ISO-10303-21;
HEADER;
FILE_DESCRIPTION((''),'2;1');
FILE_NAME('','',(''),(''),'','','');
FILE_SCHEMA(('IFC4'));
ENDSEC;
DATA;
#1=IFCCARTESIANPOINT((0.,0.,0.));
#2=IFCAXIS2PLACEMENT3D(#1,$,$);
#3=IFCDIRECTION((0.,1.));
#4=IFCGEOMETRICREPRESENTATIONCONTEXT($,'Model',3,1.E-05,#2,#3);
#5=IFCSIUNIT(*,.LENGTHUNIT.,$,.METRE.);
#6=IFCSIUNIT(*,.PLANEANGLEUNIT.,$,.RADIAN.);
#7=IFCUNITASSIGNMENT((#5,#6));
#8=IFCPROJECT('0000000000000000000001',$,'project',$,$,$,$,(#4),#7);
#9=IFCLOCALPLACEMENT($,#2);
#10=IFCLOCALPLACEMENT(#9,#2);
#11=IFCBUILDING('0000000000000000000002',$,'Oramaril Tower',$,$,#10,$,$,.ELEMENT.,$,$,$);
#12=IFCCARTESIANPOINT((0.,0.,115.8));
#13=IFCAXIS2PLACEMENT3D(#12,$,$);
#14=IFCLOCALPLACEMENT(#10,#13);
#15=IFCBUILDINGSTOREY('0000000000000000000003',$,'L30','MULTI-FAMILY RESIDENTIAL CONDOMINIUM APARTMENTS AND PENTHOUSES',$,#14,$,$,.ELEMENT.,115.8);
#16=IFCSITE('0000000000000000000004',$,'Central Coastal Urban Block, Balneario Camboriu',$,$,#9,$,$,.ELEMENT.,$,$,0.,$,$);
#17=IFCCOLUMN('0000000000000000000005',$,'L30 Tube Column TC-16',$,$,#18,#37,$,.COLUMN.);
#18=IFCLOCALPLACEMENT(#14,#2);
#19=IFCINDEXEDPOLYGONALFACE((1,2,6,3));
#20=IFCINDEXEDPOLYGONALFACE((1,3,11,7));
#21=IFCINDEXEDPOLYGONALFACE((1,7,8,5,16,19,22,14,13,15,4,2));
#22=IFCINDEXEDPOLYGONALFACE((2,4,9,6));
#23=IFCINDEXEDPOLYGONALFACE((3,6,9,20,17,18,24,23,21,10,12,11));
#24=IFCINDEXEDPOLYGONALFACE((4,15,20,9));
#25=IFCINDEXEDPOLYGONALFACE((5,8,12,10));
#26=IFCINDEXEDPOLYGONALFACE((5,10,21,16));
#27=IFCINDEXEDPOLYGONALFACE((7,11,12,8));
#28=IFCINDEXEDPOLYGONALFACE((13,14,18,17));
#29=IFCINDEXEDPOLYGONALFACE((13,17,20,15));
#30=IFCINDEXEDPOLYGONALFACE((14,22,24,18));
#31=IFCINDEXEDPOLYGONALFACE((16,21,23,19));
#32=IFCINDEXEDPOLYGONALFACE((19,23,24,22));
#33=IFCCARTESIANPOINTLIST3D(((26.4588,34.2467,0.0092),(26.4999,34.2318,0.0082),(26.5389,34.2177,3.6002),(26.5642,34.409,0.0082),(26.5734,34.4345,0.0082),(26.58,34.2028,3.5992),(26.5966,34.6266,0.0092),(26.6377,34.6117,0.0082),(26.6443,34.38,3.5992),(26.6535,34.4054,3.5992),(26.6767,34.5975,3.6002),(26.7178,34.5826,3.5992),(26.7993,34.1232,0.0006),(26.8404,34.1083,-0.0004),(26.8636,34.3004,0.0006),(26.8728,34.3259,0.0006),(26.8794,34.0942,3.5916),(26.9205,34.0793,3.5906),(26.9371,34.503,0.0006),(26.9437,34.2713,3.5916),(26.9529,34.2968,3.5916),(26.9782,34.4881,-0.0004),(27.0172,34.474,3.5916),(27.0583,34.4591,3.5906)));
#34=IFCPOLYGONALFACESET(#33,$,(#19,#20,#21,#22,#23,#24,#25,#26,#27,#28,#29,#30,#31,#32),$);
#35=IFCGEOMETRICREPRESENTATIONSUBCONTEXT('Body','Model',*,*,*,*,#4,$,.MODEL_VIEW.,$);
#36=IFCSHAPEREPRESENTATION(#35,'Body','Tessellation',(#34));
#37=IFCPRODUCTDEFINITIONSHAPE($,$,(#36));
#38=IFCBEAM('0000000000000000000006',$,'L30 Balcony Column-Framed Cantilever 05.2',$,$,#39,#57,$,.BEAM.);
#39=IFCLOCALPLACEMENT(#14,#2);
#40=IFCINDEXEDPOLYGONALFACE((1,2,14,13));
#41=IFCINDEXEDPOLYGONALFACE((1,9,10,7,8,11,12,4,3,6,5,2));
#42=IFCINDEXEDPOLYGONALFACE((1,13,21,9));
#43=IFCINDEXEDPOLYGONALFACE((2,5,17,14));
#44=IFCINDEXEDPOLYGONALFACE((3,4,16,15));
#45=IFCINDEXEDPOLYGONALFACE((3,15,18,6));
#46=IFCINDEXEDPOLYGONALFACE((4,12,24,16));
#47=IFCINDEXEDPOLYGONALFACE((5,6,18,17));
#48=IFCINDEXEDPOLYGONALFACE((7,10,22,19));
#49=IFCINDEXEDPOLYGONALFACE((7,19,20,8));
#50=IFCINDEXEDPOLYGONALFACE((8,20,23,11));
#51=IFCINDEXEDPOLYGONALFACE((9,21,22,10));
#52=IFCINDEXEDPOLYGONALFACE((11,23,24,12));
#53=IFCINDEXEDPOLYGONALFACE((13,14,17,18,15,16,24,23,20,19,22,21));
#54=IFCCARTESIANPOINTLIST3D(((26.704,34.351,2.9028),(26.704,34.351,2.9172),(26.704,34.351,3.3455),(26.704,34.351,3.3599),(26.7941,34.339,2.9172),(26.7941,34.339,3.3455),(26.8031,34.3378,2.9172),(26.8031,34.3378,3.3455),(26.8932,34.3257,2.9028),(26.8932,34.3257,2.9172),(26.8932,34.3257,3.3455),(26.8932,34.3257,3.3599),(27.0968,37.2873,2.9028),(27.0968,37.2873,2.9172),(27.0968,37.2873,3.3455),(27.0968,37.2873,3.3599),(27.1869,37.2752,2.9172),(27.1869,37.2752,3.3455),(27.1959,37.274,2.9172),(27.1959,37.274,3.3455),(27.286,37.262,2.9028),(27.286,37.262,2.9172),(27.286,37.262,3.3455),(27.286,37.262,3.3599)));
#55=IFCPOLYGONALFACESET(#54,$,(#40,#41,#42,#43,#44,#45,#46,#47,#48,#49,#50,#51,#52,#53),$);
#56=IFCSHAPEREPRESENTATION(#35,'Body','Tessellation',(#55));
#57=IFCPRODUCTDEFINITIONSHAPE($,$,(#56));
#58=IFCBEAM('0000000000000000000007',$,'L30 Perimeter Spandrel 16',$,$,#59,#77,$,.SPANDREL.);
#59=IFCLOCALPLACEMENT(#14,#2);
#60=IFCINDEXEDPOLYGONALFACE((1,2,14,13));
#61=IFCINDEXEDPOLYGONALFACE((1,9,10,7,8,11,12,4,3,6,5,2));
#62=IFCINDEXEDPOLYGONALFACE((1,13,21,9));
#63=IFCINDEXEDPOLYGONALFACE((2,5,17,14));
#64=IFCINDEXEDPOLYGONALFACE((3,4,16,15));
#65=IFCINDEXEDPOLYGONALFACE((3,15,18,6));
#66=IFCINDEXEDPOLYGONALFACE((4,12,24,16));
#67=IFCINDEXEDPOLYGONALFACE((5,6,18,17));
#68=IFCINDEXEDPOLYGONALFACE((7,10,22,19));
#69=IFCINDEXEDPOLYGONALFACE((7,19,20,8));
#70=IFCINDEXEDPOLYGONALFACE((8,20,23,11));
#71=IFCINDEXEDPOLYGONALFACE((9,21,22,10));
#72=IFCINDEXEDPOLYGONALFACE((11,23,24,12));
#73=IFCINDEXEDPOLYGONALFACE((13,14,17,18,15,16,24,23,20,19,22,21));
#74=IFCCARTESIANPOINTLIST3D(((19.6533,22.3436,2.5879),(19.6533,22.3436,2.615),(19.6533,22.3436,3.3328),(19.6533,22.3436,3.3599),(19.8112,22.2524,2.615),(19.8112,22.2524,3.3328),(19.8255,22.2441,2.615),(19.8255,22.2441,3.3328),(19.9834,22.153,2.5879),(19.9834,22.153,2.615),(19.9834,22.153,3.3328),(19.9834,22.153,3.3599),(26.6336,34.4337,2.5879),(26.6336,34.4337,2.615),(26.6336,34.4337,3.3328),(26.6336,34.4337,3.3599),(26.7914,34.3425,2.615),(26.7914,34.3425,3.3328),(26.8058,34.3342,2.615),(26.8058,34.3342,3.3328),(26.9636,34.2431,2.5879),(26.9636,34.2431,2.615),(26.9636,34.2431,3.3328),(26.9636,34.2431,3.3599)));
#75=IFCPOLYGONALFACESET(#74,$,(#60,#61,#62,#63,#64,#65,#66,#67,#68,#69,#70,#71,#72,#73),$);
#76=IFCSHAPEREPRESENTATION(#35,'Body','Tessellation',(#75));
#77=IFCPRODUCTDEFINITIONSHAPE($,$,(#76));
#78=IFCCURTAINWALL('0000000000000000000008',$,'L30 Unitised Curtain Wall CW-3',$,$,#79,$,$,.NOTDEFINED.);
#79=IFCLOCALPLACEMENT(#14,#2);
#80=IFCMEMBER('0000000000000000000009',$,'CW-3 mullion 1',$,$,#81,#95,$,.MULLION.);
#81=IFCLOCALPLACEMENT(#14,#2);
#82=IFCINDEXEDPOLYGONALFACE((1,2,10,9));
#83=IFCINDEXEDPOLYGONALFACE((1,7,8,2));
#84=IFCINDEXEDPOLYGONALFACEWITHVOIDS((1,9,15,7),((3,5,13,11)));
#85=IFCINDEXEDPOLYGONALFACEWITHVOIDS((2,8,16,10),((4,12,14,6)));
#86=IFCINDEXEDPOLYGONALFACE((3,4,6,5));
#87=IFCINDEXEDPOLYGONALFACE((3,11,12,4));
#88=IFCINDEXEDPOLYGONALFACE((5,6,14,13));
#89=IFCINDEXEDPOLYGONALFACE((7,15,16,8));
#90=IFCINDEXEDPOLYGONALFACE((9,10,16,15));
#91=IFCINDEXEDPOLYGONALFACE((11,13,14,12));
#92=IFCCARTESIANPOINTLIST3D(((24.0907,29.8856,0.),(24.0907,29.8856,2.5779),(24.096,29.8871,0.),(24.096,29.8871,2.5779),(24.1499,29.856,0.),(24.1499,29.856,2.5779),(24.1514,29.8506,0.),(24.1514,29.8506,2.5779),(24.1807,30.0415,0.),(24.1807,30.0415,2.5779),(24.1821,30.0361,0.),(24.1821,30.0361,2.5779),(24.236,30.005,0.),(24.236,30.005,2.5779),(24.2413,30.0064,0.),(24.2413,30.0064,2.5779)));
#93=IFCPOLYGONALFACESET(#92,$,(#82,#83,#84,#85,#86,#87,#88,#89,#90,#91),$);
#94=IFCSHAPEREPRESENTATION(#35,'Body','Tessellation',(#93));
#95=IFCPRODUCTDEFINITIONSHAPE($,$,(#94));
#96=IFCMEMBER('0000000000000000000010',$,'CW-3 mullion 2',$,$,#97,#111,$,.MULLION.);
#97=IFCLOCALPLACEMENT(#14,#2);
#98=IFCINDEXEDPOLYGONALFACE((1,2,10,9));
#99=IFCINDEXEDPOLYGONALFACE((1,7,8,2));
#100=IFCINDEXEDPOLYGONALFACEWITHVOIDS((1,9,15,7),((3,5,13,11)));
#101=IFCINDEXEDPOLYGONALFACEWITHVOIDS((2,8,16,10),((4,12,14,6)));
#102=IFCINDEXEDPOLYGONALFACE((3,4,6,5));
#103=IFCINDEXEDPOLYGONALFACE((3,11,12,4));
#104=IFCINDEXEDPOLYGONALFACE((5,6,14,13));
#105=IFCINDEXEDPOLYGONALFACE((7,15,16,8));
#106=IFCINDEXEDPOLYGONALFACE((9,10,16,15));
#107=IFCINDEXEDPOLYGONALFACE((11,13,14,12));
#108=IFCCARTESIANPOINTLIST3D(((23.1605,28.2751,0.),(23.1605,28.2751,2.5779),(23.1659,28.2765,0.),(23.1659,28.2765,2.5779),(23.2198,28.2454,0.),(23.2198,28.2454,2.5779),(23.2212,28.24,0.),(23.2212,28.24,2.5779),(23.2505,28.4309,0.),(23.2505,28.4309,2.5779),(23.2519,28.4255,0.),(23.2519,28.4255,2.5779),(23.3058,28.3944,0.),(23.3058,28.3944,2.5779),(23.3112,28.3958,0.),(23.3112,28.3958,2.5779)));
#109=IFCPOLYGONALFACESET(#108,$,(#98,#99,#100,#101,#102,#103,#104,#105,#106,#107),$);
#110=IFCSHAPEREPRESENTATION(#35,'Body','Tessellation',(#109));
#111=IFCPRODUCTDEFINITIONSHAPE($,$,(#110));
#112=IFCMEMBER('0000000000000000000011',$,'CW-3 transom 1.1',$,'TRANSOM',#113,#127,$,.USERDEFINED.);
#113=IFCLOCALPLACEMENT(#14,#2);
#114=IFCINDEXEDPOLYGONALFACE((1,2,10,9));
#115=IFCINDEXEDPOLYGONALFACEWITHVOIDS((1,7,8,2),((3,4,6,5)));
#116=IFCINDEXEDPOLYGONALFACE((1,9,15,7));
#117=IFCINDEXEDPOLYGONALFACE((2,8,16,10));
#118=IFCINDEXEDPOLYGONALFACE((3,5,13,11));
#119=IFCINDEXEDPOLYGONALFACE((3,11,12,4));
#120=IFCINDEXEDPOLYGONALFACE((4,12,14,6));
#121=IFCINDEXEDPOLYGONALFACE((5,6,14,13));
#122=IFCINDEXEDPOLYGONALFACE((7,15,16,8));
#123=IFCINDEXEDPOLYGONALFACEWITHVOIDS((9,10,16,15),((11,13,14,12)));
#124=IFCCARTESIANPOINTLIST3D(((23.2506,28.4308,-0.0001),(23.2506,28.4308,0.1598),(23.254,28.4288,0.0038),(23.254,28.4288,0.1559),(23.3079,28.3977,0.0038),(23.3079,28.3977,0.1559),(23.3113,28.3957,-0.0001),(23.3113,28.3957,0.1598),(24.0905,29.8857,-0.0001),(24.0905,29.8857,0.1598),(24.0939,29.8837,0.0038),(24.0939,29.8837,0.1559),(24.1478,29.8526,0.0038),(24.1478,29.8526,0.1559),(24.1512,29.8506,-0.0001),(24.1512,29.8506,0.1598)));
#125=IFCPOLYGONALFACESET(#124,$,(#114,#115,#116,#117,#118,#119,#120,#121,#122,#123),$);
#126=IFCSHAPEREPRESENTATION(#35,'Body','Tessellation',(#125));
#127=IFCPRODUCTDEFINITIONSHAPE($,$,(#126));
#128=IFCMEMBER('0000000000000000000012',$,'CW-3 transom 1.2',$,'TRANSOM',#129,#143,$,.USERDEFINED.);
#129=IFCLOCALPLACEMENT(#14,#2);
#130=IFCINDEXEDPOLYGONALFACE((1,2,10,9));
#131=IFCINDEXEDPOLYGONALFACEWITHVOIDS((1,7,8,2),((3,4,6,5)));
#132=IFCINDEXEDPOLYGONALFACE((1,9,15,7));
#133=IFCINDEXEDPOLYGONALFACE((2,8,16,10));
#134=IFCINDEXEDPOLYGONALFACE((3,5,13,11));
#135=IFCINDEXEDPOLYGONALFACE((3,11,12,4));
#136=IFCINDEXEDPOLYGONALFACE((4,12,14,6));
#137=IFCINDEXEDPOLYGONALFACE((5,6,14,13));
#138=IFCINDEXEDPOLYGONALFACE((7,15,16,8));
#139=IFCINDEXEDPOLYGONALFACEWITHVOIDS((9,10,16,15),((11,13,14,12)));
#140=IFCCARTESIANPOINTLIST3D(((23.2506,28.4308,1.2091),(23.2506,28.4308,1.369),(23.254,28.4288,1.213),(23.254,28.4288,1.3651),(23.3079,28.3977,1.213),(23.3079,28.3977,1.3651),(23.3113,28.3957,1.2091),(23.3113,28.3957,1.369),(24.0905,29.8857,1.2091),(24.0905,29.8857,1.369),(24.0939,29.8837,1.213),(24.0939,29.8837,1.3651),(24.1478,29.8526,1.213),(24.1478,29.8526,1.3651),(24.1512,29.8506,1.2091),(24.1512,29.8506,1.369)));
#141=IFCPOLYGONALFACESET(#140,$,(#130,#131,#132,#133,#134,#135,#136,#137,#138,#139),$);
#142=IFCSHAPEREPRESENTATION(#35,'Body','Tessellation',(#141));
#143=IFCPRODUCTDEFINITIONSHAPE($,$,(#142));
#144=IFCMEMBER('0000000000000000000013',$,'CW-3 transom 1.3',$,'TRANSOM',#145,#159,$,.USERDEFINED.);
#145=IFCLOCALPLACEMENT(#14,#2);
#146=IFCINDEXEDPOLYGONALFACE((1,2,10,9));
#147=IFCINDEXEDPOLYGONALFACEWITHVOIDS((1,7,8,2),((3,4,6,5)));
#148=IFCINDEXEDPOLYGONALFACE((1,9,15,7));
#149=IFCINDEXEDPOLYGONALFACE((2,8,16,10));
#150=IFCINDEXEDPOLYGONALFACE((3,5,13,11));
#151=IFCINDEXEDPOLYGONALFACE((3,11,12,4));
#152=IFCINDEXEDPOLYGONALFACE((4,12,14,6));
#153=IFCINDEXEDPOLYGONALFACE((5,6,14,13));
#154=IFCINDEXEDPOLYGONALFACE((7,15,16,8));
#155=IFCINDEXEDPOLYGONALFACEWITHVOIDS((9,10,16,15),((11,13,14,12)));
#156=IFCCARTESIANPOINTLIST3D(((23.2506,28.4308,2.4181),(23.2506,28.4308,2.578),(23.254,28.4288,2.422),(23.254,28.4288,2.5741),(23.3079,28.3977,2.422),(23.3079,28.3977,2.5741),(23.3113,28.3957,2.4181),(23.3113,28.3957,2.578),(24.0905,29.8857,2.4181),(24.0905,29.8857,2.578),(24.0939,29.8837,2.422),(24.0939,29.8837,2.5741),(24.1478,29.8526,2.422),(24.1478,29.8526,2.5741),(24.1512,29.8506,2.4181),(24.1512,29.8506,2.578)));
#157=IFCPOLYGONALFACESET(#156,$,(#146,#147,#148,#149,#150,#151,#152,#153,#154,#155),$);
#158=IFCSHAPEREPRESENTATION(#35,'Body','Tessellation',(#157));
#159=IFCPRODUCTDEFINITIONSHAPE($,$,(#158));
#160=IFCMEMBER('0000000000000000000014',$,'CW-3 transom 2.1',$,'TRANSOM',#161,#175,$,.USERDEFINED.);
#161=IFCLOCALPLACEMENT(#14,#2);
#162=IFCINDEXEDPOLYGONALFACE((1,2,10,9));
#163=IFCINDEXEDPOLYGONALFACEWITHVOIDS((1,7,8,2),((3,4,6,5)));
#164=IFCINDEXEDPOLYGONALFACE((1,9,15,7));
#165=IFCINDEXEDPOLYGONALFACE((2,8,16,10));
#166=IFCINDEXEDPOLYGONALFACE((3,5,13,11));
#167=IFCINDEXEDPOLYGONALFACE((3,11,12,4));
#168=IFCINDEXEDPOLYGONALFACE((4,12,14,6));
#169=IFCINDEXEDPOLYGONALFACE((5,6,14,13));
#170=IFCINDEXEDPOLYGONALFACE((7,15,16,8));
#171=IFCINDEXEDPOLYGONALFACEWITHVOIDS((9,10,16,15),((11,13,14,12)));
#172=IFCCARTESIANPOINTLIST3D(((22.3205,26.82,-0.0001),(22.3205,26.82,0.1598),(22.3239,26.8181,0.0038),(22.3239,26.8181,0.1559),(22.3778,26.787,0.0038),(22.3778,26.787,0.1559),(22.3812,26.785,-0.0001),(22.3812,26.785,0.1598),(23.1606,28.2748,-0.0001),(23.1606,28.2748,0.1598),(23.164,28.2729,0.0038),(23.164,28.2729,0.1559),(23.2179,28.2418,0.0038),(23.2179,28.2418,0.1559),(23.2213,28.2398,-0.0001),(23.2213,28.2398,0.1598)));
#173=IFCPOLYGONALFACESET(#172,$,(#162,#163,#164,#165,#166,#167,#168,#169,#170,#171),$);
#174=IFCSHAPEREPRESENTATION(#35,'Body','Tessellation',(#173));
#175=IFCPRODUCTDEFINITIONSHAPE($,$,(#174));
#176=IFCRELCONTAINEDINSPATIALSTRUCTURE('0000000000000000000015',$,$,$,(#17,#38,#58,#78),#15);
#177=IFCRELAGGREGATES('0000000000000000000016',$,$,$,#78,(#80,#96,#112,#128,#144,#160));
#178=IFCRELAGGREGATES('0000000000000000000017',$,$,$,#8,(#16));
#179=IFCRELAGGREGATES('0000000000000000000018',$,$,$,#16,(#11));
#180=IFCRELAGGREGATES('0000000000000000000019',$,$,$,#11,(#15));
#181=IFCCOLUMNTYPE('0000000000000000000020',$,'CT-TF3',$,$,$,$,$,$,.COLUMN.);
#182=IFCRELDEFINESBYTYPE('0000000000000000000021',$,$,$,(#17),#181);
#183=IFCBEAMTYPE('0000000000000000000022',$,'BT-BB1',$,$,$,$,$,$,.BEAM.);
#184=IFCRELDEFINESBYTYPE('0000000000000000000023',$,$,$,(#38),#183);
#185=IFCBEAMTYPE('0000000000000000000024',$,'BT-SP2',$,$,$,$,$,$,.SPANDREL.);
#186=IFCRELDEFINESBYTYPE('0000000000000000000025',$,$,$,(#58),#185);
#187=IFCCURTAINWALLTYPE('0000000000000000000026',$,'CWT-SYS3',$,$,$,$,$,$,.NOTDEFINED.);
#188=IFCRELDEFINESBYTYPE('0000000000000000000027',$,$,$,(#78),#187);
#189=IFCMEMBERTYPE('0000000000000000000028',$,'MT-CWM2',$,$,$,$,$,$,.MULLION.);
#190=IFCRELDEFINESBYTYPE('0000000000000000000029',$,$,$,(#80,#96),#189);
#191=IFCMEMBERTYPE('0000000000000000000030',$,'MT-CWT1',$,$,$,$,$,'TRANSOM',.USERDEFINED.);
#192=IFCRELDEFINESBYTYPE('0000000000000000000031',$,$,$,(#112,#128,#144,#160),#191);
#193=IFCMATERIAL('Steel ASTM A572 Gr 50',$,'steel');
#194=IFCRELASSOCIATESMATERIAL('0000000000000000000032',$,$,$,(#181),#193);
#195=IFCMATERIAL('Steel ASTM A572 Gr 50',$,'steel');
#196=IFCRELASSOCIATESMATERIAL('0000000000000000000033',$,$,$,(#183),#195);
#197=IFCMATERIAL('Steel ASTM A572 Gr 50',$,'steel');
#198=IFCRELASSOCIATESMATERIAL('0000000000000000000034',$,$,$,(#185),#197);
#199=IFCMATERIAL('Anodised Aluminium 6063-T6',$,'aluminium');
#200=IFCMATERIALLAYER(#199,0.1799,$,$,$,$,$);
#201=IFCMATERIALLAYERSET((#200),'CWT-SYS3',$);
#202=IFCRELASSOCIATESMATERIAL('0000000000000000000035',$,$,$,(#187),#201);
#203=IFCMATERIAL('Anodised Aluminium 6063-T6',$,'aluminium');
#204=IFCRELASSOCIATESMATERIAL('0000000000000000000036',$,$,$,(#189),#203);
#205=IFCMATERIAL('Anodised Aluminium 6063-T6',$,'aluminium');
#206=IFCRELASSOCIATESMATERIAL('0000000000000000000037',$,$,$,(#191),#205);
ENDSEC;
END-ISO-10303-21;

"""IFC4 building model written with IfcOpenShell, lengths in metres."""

from ifc_helpers import new_model, si_unit, direction, frame, origin, origin_2d, place, context, subcontext, project, spatial, hollow_rectangle, i_section, extrude, material, layer, layer_set, material_profile, profile_set, type_object, element, aggregate, save


model = new_model("IFC4")

# Units and contexts
model_context = context("Model", 3, precision=1e-05, world=origin(), true_north=direction((0.0, 1.0)))
body_context = subcontext(model_context, "Body", "Model", "MODEL_VIEW")
ifc_project = project(units=[si_unit("LENGTHUNIT", "METRE"), si_unit("PLANEANGLEUNIT", "RADIAN")], contexts=[model_context])

# Site, building, storey
site_placement = place(None, origin())
site = spatial("IfcSite", under=ifc_project, at=site_placement, Name="Central Coastal Urban Block, Balneario Camboriu", CompositionType="ELEMENT", RefElevation=0.0)
building_placement = place(site_placement, origin())
building = spatial("IfcBuilding", under=site, at=building_placement, Name="Oramaril Tower", CompositionType="ELEMENT")
storey_placement = place(building_placement, frame((0.0, 0.0, 115.8)))
storey = spatial("IfcBuildingStorey", under=building, at=storey_placement, Name="L30", Description="MULTI-FAMILY RESIDENTIAL CONDOMINIUM APARTMENTS AND PENTHOUSES", CompositionType="ELEMENT", Elevation=115.8)

# Column
ifc_material_1 = material(Name="Steel ASTM A572 Gr 50", Category="steel")
ifc_material_profile_1 = material_profile(ifc_material_1, i_section(OverallWidth=0.4041, OverallDepth=0.406, WebThickness=0.0271, FlangeThickness=0.0437, at=origin_2d()), Name="W14X233")
ifc_profile_set_1 = profile_set([ifc_material_profile_1], Name="Steel ASTM A572 Gr 50")
column_type = type_object("IfcColumnType", Name="CT-TF3", PredefinedType="COLUMN", material=ifc_profile_set_1)
column_placement = place(storey_placement, frame((26.7185, 34.3674, 0.0044), z_axis=(0.022293, -0.008088, 0.999719), x_axis=(0.341053, 0.940044, 0.0)))
element("IfcColumn", 1, at=column_placement, inside=storey, type_object=column_type, Name="L30 Tube Column TC-16", PredefinedType="COLUMN", context=body_context, shape_type="SweptSolid", body=[
    extrude(i_section(OverallWidth=0.4041, OverallDepth=0.406, WebThickness=0.0271, FlangeThickness=0.0437, at=origin_2d()), origin(), (0.0, 0.0, 1.0), 3.592),
])

# Beams
ifc_material_2 = material(Name="Steel ASTM A572 Gr 50", Category="steel")
ifc_material_profile_2 = material_profile(ifc_material_2, i_section(OverallWidth=0.1909, OverallDepth=0.457, WebThickness=0.009, FlangeThickness=0.0144, at=origin_2d()), Name="W18X50")
ifc_profile_set_2 = profile_set([ifc_material_profile_2], Name="Steel ASTM A572 Gr 50")
beam_type_1 = type_object("IfcBeamType", Name="BT-BB1", PredefinedType="BEAM", material=ifc_profile_set_2)
beam_1_placement = place(storey_placement, frame((26.7986, 34.3384, 3.1313), z_axis=(0.132601, 0.99117, 0.0), x_axis=(-0.99117, 0.132601, 0.0)))
element("IfcBeam", 2, at=beam_1_placement, inside=storey, type_object=beam_type_1, Name="L30 Balcony Column-Framed Cantilever 05.2", PredefinedType="BEAM", context=body_context, shape_type="SweptSolid", body=[
    extrude(i_section(OverallWidth=0.1909, OverallDepth=0.457, WebThickness=0.009, FlangeThickness=0.0144, at=origin_2d()), origin(), (0.0, 0.0, 1.0), 2.9624),
])
ifc_material_3 = material(Name="Steel ASTM A572 Gr 50", Category="steel")
ifc_material_profile_3 = material_profile(ifc_material_3, i_section(OverallWidth=0.3811, OverallDepth=0.772, WebThickness=0.0166, FlangeThickness=0.0271, at=origin_2d()), Name="W30X173")
ifc_profile_set_3 = profile_set([ifc_material_profile_3], Name="Steel ASTM A572 Gr 50")
beam_type_2 = type_object("IfcBeamType", Name="BT-SP2", PredefinedType="SPANDREL", material=ifc_profile_set_3)
beam_2_placement = place(storey_placement, frame((26.7986, 34.3384, 2.9739), z_axis=(-0.5, -0.866025, 0.0), x_axis=(0.866025, -0.5, 0.0)))
element("IfcBeam", 3, at=beam_2_placement, inside=storey, type_object=beam_type_2, Name="L30 Perimeter Spandrel 16", PredefinedType="SPANDREL", context=body_context, shape_type="SweptSolid", body=[
    extrude(i_section(OverallWidth=0.3811, OverallDepth=0.772, WebThickness=0.0166, FlangeThickness=0.0271, at=origin_2d()), origin(), (0.0, 0.0, 1.0), 13.9604),
])

# Curtain wall, members
ifc_material_4 = material(Name="Anodised Aluminium 6063-T6", Category="aluminium")
ifc_layer_1 = layer(ifc_material_4, 0.1799)
ifc_layer_set_1 = layer_set([ifc_layer_1], Name="CWT-SYS3")
curtain_wall_type = type_object("IfcCurtainWallType", Name="CWT-SYS3", PredefinedType="NOTDEFINED", material=ifc_layer_set_1)
curtain_wall_placement = place(storey_placement, origin())
curtain_wall = element("IfcCurtainWall", 4, at=curtain_wall_placement, inside=storey, type_object=curtain_wall_type, Name="L30 Unitised Curtain Wall CW-3", PredefinedType="NOTDEFINED")
ifc_material_5 = material(Name="Anodised Aluminium 6063-T6", Category="aluminium")
ifc_material_profile_4 = material_profile(ifc_material_5, hollow_rectangle(XDim=0.0701, YDim=0.1799, WallThickness=0.0039, at=origin_2d()), Name="CWM180X70")
ifc_profile_set_4 = profile_set([ifc_material_profile_4], Name="Anodised Aluminium 6063-T6")
member_type_1 = type_object("IfcMemberType", Name="MT-CWM2", PredefinedType="MULLION", material=ifc_profile_set_4)
member_1_placement = place(storey_placement, frame((24.166, 29.946, 0.0), z_axis=(0.0, 0.0, 1.0), x_axis=(0.866025, -0.5, 0.0)))
member_1 = element("IfcMember", 5, at=member_1_placement, type_object=member_type_1, Name="CW-3 mullion 1", PredefinedType="MULLION", context=body_context, shape_type="SweptSolid", body=[
    extrude(hollow_rectangle(XDim=0.0701, YDim=0.1799, WallThickness=0.0039, at=origin_2d()), origin(), (0.0, 0.0, 1.0), 2.5779),
])
member_2_placement = place(storey_placement, frame((23.2358, 28.3354, 0.0), z_axis=(0.0, 0.0, 1.0), x_axis=(0.866025, -0.5, 0.0)))
member_2 = element("IfcMember", 6, at=member_2_placement, type_object=member_type_1, Name="CW-3 mullion 2", PredefinedType="MULLION", context=body_context, shape_type="SweptSolid", body=[
    extrude(hollow_rectangle(XDim=0.0701, YDim=0.1799, WallThickness=0.0039, at=origin_2d()), origin(), (0.0, 0.0, 1.0), 2.5779),
])
ifc_material_6 = material(Name="Anodised Aluminium 6063-T6", Category="aluminium")
ifc_material_profile_5 = material_profile(ifc_material_6, hollow_rectangle(XDim=0.0701, YDim=0.1599, WallThickness=0.0039, at=origin_2d()), Name="CWT160X70")
ifc_profile_set_5 = profile_set([ifc_material_profile_5], Name="Anodised Aluminium 6063-T6")
member_type_2 = type_object("IfcMemberType", Name="MT-CWT1", ElementType="TRANSOM", PredefinedType="USERDEFINED", material=ifc_profile_set_5)
member_3_placement = place(storey_placement, frame((24.1208, 29.8682, 0.0798), z_axis=(-0.499953, -0.866052, 0.0), x_axis=(0.866052, -0.499953, 0.0)))
member_3 = element("IfcMember", 7, at=member_3_placement, type_object=member_type_2, Name="CW-3 transom 1.1", ObjectType="TRANSOM", PredefinedType="USERDEFINED", context=body_context, shape_type="SweptSolid", body=[
    extrude(hollow_rectangle(XDim=0.0701, YDim=0.1599, WallThickness=0.0039, at=origin_2d()), origin(), (0.0, 0.0, 1.0), 1.6799),
])
member_4_placement = place(storey_placement, frame((24.1208, 29.8682, 1.2891), z_axis=(-0.499953, -0.866052, 0.0), x_axis=(0.866052, -0.499953, 0.0)))
member_4 = element("IfcMember", 8, at=member_4_placement, type_object=member_type_2, Name="CW-3 transom 1.2", ObjectType="TRANSOM", PredefinedType="USERDEFINED", context=body_context, shape_type="SweptSolid", body=[
    extrude(hollow_rectangle(XDim=0.0701, YDim=0.1599, WallThickness=0.0039, at=origin_2d()), origin(), (0.0, 0.0, 1.0), 1.6799),
])
member_5_placement = place(storey_placement, frame((24.1208, 29.8682, 2.498), z_axis=(-0.499953, -0.866052, 0.0), x_axis=(0.866052, -0.499953, 0.0)))
member_5 = element("IfcMember", 9, at=member_5_placement, type_object=member_type_2, Name="CW-3 transom 1.3", ObjectType="TRANSOM", PredefinedType="USERDEFINED", context=body_context, shape_type="SweptSolid", body=[
    extrude(hollow_rectangle(XDim=0.0701, YDim=0.1599, WallThickness=0.0039, at=origin_2d()), origin(), (0.0, 0.0, 1.0), 1.6799),
])
member_6_placement = place(storey_placement, frame((23.1909, 28.2573, 0.0798), z_axis=(-0.500062, -0.86599, 0.0), x_axis=(0.86599, -0.500062, 0.0)))
member_6 = element("IfcMember", 10, at=member_6_placement, type_object=member_type_2, Name="CW-3 transom 2.1", ObjectType="TRANSOM", PredefinedType="USERDEFINED", context=body_context, shape_type="SweptSolid", body=[
    extrude(hollow_rectangle(XDim=0.0701, YDim=0.1599, WallThickness=0.0039, at=origin_2d()), origin(), (0.0, 0.0, 1.0), 1.6799),
])
aggregate(curtain_wall, [member_1, member_2, member_3, member_4, member_5, member_6])

save(model, "model.ifc")
